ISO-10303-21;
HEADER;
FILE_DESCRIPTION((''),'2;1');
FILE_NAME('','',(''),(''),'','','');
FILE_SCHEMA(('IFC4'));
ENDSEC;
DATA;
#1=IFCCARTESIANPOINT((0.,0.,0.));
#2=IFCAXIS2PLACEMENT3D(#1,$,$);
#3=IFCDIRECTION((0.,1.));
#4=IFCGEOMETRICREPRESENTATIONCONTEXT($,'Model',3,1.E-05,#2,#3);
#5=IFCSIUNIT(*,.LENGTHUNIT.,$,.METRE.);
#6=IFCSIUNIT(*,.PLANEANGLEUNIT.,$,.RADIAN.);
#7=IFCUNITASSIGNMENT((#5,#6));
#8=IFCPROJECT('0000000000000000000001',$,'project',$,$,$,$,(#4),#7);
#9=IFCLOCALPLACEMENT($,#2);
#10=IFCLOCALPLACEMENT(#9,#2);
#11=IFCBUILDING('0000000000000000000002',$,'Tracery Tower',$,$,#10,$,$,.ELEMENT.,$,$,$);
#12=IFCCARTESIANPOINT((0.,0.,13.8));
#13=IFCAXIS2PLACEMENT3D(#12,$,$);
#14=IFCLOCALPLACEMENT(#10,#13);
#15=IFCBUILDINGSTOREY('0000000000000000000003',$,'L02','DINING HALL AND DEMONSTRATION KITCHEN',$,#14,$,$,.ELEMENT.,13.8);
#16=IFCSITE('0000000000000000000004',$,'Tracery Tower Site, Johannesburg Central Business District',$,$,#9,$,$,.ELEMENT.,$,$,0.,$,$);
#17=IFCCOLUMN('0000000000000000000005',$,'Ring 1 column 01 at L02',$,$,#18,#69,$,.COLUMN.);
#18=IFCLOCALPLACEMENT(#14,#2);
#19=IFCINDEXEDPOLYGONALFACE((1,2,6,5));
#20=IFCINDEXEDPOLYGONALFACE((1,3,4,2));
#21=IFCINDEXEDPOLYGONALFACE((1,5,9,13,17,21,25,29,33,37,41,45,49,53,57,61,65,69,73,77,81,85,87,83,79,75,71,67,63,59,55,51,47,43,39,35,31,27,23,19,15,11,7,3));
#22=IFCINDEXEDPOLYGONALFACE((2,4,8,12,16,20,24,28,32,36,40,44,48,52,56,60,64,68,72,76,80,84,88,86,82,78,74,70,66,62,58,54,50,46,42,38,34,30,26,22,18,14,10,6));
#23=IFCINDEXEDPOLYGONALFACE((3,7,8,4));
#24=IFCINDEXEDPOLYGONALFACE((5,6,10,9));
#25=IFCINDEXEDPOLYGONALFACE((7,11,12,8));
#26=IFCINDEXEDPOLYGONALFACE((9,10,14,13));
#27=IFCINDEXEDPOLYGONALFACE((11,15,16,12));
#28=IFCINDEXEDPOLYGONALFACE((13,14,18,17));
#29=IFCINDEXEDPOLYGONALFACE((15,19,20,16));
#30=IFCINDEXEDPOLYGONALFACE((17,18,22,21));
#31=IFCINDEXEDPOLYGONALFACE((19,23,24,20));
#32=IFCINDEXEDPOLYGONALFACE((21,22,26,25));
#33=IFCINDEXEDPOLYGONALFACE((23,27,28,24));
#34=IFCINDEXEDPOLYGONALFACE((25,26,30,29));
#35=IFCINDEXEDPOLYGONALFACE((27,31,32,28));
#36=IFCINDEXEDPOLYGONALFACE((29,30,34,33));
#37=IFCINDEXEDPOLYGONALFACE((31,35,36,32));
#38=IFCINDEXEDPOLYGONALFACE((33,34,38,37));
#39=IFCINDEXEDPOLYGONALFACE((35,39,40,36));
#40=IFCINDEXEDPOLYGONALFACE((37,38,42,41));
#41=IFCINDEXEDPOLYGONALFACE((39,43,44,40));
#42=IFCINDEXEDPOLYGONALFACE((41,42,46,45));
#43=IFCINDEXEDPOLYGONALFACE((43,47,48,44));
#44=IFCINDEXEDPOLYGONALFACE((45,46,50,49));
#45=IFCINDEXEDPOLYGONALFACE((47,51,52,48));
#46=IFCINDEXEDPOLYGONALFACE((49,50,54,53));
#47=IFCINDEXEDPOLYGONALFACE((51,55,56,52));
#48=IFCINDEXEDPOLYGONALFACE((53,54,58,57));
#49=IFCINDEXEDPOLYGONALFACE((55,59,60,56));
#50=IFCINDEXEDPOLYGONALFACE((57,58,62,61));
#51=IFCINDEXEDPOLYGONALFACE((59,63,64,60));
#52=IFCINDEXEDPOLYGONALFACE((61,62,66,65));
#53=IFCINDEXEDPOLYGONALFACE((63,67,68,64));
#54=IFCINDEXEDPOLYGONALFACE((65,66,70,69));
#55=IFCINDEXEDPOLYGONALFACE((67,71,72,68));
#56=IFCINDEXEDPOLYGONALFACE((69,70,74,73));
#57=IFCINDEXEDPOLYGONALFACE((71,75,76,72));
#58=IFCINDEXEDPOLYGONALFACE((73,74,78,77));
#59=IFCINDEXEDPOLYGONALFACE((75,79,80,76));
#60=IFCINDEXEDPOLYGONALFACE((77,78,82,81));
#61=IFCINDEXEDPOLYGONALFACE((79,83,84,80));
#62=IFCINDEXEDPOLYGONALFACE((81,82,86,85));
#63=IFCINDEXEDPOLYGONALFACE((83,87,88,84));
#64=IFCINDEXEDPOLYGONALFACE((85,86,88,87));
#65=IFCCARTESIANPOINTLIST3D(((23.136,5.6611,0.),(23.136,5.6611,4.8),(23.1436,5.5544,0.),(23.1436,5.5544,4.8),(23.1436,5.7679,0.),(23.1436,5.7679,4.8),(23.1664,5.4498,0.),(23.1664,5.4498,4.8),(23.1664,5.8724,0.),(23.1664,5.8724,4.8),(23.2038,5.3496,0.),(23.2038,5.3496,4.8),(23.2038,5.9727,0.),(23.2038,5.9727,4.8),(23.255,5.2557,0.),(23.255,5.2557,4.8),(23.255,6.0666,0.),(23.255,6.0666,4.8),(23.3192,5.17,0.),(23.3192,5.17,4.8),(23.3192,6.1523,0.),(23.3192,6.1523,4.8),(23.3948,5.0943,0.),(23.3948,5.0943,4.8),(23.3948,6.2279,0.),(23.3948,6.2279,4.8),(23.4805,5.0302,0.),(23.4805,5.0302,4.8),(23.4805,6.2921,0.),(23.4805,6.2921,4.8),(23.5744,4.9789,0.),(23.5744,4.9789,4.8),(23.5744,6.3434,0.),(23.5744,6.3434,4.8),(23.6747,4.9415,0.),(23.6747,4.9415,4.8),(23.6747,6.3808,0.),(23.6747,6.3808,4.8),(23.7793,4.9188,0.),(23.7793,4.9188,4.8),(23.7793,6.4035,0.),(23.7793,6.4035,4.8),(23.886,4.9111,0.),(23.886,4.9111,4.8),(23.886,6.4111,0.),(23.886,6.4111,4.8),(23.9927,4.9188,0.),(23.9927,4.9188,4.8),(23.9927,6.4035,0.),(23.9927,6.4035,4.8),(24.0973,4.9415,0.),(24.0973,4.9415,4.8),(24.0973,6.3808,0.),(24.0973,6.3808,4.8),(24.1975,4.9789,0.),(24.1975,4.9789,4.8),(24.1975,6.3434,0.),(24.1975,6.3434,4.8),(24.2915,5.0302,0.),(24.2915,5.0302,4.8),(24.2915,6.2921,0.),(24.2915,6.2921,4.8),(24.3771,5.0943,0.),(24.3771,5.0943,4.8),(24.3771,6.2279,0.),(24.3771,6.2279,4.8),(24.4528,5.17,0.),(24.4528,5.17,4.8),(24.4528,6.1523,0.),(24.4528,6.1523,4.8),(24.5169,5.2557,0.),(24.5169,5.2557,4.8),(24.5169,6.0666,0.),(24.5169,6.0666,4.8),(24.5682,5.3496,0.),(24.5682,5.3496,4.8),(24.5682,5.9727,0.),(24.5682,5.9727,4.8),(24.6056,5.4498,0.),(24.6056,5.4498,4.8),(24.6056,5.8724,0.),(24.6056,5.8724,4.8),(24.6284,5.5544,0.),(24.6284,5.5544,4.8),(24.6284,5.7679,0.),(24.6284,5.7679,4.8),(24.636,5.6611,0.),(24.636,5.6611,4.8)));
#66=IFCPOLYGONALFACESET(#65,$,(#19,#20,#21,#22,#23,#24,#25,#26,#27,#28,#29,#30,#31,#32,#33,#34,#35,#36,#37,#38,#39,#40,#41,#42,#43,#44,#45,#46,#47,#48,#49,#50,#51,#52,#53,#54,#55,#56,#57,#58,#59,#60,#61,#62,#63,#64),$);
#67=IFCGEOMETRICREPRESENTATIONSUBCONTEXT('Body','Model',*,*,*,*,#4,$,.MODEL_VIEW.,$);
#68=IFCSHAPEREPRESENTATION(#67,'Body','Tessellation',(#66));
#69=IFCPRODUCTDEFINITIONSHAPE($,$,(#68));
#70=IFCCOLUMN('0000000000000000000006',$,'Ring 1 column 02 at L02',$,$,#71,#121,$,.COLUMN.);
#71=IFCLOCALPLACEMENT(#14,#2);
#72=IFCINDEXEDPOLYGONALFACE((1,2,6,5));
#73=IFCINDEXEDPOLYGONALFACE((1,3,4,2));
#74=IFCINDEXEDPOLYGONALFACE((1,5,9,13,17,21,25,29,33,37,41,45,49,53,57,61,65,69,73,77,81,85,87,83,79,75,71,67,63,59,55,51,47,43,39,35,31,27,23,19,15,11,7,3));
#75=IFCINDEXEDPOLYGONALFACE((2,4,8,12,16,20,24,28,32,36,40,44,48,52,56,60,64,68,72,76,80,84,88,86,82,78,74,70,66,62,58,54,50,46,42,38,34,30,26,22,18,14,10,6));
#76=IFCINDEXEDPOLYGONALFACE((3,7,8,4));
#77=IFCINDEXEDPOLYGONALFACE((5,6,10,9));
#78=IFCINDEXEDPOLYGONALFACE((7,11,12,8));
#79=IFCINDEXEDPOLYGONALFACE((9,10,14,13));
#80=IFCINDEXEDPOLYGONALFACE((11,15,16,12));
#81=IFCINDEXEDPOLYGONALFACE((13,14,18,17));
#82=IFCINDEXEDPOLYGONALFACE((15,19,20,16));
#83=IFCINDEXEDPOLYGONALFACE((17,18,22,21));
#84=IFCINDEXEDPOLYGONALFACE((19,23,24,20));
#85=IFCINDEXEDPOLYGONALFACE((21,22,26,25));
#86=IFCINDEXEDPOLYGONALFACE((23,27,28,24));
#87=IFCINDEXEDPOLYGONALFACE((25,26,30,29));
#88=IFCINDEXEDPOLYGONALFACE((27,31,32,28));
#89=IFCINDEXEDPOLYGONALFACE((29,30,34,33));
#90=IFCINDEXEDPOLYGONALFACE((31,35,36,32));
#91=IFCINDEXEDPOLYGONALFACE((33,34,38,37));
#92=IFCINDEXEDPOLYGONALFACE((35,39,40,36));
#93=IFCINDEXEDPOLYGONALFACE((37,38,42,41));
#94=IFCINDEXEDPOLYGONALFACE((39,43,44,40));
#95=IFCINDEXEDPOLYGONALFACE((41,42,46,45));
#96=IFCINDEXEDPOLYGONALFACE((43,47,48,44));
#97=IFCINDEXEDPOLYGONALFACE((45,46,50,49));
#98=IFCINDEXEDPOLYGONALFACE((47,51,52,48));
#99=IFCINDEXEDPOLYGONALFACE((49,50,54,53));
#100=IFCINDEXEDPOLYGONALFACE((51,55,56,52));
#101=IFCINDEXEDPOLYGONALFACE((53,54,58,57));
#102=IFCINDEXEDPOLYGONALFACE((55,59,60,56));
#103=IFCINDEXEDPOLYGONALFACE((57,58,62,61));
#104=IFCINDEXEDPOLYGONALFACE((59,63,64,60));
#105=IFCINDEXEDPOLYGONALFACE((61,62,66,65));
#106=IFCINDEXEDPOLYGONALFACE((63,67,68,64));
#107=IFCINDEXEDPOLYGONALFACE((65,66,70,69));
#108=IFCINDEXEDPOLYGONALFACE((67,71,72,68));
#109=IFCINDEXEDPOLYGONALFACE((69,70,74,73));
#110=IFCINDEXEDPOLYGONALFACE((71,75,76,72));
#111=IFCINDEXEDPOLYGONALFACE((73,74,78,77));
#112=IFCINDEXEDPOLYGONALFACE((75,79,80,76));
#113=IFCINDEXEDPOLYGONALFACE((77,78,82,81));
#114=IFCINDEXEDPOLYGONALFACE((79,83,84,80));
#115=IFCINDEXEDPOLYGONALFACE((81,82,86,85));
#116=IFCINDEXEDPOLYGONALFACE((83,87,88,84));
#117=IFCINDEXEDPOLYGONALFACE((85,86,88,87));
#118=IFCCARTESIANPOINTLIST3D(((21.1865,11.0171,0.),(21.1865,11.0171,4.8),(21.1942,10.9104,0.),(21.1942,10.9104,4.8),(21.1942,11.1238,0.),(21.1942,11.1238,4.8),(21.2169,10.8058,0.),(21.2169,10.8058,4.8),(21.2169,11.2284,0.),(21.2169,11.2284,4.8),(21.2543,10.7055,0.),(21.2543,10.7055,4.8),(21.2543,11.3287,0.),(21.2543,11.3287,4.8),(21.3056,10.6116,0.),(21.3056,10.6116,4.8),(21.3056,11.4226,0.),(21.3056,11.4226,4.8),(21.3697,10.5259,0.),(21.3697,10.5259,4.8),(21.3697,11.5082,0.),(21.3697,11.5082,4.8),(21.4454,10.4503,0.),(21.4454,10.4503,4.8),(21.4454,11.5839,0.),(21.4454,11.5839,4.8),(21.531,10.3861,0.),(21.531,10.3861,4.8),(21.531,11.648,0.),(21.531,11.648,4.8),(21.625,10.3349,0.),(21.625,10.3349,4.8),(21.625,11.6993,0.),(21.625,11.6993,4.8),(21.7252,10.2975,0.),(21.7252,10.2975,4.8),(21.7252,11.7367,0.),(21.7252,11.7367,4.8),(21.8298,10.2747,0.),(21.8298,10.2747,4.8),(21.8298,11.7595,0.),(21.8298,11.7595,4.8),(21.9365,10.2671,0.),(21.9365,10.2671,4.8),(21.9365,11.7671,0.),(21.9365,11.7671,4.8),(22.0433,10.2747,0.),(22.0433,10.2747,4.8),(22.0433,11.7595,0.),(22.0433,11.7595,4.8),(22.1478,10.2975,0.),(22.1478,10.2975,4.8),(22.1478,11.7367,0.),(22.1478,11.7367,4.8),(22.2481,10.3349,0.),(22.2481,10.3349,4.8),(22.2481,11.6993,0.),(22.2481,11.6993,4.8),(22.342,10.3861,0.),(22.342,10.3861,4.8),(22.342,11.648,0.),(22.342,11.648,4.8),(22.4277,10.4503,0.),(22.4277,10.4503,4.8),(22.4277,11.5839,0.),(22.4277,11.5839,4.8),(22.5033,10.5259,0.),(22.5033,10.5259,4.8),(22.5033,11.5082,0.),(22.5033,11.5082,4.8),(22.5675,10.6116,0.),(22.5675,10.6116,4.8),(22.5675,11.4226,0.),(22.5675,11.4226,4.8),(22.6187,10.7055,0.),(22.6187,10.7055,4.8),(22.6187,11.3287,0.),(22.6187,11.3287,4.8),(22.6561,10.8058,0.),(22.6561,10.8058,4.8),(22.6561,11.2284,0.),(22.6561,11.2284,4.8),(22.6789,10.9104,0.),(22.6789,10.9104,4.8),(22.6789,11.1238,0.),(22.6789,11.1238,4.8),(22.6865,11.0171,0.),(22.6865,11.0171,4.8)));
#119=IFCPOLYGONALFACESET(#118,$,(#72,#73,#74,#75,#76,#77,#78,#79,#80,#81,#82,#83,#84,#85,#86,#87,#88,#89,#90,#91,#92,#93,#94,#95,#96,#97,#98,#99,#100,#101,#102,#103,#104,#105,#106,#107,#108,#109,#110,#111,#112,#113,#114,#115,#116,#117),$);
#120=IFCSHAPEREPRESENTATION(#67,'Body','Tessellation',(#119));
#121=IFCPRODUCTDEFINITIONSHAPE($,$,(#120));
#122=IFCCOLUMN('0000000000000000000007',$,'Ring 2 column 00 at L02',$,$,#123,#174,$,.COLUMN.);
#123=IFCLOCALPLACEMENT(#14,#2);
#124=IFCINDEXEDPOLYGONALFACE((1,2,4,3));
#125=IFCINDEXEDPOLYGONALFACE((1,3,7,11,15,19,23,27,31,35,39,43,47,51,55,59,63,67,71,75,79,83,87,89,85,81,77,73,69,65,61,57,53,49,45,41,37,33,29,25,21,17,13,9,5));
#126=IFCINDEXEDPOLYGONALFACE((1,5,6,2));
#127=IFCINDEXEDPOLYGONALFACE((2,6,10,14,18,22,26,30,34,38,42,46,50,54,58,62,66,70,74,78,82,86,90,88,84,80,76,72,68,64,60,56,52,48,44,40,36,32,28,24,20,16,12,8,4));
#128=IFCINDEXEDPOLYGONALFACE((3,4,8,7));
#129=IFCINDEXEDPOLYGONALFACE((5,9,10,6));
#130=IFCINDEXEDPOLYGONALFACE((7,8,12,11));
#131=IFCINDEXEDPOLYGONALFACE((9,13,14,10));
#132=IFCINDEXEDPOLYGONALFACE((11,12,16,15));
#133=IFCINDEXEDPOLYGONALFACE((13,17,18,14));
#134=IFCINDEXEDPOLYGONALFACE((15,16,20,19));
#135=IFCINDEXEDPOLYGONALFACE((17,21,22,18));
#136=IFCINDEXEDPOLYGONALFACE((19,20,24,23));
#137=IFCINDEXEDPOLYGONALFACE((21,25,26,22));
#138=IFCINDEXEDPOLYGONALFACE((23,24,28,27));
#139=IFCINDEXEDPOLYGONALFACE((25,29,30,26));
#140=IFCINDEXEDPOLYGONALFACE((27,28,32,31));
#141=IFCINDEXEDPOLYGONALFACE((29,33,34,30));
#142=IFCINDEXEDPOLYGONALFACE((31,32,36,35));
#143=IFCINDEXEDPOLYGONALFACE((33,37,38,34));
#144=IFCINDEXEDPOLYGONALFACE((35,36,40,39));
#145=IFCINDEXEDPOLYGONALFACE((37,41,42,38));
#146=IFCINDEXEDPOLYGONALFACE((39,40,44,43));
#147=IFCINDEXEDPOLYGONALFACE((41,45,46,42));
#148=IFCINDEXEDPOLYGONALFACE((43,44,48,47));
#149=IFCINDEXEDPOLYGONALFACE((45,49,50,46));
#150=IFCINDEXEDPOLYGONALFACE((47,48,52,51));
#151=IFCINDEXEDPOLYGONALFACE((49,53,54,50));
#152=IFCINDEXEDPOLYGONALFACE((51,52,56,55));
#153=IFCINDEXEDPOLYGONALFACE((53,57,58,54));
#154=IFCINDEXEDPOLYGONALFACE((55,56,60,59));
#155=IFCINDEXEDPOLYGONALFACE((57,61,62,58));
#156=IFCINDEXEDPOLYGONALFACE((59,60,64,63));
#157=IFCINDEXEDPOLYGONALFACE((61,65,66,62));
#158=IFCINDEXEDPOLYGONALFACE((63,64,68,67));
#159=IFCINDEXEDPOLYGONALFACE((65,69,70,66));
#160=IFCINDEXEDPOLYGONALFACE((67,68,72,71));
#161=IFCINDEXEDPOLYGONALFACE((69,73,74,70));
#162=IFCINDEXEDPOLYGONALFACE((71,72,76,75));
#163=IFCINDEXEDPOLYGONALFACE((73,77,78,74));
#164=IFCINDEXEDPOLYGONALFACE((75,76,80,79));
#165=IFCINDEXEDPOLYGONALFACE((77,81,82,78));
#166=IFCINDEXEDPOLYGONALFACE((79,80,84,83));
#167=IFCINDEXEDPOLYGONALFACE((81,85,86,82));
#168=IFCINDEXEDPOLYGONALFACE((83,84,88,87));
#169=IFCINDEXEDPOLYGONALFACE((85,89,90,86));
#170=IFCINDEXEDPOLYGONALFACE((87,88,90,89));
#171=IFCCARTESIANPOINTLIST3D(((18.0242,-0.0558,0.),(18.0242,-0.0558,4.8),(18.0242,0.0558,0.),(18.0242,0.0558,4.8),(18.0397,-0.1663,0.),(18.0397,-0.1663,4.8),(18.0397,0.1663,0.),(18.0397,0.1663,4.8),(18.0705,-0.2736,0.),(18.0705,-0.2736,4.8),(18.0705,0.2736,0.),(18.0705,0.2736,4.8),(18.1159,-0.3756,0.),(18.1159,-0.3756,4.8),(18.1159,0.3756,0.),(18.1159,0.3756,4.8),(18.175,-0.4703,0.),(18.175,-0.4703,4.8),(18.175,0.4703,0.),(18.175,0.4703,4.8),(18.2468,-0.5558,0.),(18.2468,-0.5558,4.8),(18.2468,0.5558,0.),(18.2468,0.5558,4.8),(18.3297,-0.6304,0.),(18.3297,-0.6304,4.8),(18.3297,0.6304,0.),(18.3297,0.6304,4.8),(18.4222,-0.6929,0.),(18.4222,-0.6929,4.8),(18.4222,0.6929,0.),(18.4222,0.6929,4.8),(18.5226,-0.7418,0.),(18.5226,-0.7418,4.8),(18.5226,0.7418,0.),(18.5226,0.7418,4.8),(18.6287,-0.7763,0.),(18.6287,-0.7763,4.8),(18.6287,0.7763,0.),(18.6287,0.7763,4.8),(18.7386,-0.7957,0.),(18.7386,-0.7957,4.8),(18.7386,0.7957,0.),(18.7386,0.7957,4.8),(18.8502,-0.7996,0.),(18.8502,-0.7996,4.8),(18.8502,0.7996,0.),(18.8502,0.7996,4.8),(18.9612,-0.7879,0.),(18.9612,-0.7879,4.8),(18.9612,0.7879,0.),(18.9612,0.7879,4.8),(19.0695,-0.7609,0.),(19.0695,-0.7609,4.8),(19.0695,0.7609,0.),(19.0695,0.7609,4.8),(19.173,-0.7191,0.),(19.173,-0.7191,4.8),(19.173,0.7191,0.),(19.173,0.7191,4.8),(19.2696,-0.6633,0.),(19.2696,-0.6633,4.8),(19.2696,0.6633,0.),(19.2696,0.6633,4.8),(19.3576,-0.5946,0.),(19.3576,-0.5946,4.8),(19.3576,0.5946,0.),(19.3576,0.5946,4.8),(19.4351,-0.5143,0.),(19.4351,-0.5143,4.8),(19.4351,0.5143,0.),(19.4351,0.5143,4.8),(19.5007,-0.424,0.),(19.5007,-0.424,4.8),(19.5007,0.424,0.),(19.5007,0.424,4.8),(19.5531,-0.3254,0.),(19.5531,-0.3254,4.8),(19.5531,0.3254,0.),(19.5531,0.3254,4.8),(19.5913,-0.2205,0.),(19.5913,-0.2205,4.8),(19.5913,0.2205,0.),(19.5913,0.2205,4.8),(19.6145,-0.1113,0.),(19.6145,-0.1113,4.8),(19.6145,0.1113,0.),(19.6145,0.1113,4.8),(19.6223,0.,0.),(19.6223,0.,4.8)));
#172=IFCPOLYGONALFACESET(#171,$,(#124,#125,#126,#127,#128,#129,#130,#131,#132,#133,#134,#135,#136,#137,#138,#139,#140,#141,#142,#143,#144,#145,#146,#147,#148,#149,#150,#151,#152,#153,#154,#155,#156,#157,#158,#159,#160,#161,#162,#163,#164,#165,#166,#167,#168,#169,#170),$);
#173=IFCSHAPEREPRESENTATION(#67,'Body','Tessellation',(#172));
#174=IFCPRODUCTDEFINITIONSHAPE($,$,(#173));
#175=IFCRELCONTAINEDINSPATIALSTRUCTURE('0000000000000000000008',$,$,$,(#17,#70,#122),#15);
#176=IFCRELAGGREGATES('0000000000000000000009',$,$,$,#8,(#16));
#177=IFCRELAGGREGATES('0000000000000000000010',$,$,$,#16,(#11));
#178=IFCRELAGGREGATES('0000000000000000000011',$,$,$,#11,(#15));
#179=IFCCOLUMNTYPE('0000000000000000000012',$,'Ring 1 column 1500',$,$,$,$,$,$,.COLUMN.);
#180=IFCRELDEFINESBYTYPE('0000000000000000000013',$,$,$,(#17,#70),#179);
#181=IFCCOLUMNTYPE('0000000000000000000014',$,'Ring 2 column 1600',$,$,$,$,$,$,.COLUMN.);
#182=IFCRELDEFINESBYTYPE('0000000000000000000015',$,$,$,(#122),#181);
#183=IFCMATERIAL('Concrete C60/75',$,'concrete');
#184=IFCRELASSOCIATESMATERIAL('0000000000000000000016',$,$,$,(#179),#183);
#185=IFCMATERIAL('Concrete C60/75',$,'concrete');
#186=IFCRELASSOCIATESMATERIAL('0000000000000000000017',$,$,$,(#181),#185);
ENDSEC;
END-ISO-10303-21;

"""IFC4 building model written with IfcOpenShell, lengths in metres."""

from ifc_helpers import new_model, si_unit, direction, frame, origin, origin_2d, place, context, subcontext, project, spatial, circle, extrude, material, material_profile, profile_set, type_object, element, save


model = new_model("IFC4")

# Units and contexts
model_context = context("Model", 3, precision=1e-05, world=origin(), true_north=direction((0.0, 1.0)))
body_context = subcontext(model_context, "Body", "Model", "MODEL_VIEW")
ifc_project = project(units=[si_unit("LENGTHUNIT", "METRE"), si_unit("PLANEANGLEUNIT", "RADIAN")], contexts=[model_context])

# Site, building, storey
site_placement = place(None, origin())
site = spatial("IfcSite", under=ifc_project, at=site_placement, Name="Tracery Tower Site, Johannesburg Central Business District", CompositionType="ELEMENT", RefElevation=0.0)
building_placement = place(site_placement, origin())
building = spatial("IfcBuilding", under=site, at=building_placement, Name="Tracery Tower", CompositionType="ELEMENT")
storey_placement = place(building_placement, frame((0.0, 0.0, 13.8)))
storey = spatial("IfcBuildingStorey", under=building, at=storey_placement, Name="L02", Description="DINING HALL AND DEMONSTRATION KITCHEN", CompositionType="ELEMENT", Elevation=13.8)

# Columns
ifc_material_1 = material(Name="Concrete C60/75", Category="concrete")
ifc_material_profile_1 = material_profile(ifc_material_1, circle(Radius=0.75, at=origin_2d()), Name="RC D1500")
ifc_profile_set_1 = profile_set([ifc_material_profile_1], Name="Concrete C60/75")
column_type_1 = type_object("IfcColumnType", Name="Ring 1 column 1500", PredefinedType="COLUMN", material=ifc_profile_set_1)
for number, where, z_axis, x_axis, name in (
    (1, (23.886, 5.6611, 0.0), (0.0, 0.0, 1.0), (1.0, 0.0, 0.0), "Ring 1 column 01 at L02"),
    (2, (21.9365, 11.0171, 0.0), (0.0, 0.0, 1.0), (1.0, 0.0, 0.0), "Ring 1 column 02 at L02"),
):
    element("IfcColumn", number, at=place(storey_placement, frame(where, z_axis=z_axis, x_axis=x_axis)), inside=storey, type_object=column_type_1, Name=name, PredefinedType="COLUMN", context=body_context, shape_type="SweptSolid", body=[
        extrude(circle(Radius=0.75, at=origin_2d()), origin(), (0.0, 0.0, 1.0), 4.8),
    ])
ifc_material_2 = material(Name="Concrete C60/75", Category="concrete")
ifc_material_profile_2 = material_profile(ifc_material_2, circle(Radius=0.8, at=origin_2d()), Name="RC D1600")
ifc_profile_set_2 = profile_set([ifc_material_profile_2], Name="Concrete C60/75")
column_type_2 = type_object("IfcColumnType", Name="Ring 2 column 1600", PredefinedType="COLUMN", material=ifc_profile_set_2)
for number, where, z_axis, x_axis, name in (
    (3, (18.8223, 0.0, 0.0), (0.0, 0.0, 1.0), (1.0, 0.0, 0.0), "Ring 2 column 00 at L02"),
):
    element("IfcColumn", number, at=place(storey_placement, frame(where, z_axis=z_axis, x_axis=x_axis)), inside=storey, type_object=column_type_2, Name=name, PredefinedType="COLUMN", context=body_context, shape_type="SweptSolid", body=[
        extrude(circle(Radius=0.8, at=origin_2d()), origin(), (0.0, 0.0, 1.0), 4.8),
    ])

save(model, "model.ifc")
